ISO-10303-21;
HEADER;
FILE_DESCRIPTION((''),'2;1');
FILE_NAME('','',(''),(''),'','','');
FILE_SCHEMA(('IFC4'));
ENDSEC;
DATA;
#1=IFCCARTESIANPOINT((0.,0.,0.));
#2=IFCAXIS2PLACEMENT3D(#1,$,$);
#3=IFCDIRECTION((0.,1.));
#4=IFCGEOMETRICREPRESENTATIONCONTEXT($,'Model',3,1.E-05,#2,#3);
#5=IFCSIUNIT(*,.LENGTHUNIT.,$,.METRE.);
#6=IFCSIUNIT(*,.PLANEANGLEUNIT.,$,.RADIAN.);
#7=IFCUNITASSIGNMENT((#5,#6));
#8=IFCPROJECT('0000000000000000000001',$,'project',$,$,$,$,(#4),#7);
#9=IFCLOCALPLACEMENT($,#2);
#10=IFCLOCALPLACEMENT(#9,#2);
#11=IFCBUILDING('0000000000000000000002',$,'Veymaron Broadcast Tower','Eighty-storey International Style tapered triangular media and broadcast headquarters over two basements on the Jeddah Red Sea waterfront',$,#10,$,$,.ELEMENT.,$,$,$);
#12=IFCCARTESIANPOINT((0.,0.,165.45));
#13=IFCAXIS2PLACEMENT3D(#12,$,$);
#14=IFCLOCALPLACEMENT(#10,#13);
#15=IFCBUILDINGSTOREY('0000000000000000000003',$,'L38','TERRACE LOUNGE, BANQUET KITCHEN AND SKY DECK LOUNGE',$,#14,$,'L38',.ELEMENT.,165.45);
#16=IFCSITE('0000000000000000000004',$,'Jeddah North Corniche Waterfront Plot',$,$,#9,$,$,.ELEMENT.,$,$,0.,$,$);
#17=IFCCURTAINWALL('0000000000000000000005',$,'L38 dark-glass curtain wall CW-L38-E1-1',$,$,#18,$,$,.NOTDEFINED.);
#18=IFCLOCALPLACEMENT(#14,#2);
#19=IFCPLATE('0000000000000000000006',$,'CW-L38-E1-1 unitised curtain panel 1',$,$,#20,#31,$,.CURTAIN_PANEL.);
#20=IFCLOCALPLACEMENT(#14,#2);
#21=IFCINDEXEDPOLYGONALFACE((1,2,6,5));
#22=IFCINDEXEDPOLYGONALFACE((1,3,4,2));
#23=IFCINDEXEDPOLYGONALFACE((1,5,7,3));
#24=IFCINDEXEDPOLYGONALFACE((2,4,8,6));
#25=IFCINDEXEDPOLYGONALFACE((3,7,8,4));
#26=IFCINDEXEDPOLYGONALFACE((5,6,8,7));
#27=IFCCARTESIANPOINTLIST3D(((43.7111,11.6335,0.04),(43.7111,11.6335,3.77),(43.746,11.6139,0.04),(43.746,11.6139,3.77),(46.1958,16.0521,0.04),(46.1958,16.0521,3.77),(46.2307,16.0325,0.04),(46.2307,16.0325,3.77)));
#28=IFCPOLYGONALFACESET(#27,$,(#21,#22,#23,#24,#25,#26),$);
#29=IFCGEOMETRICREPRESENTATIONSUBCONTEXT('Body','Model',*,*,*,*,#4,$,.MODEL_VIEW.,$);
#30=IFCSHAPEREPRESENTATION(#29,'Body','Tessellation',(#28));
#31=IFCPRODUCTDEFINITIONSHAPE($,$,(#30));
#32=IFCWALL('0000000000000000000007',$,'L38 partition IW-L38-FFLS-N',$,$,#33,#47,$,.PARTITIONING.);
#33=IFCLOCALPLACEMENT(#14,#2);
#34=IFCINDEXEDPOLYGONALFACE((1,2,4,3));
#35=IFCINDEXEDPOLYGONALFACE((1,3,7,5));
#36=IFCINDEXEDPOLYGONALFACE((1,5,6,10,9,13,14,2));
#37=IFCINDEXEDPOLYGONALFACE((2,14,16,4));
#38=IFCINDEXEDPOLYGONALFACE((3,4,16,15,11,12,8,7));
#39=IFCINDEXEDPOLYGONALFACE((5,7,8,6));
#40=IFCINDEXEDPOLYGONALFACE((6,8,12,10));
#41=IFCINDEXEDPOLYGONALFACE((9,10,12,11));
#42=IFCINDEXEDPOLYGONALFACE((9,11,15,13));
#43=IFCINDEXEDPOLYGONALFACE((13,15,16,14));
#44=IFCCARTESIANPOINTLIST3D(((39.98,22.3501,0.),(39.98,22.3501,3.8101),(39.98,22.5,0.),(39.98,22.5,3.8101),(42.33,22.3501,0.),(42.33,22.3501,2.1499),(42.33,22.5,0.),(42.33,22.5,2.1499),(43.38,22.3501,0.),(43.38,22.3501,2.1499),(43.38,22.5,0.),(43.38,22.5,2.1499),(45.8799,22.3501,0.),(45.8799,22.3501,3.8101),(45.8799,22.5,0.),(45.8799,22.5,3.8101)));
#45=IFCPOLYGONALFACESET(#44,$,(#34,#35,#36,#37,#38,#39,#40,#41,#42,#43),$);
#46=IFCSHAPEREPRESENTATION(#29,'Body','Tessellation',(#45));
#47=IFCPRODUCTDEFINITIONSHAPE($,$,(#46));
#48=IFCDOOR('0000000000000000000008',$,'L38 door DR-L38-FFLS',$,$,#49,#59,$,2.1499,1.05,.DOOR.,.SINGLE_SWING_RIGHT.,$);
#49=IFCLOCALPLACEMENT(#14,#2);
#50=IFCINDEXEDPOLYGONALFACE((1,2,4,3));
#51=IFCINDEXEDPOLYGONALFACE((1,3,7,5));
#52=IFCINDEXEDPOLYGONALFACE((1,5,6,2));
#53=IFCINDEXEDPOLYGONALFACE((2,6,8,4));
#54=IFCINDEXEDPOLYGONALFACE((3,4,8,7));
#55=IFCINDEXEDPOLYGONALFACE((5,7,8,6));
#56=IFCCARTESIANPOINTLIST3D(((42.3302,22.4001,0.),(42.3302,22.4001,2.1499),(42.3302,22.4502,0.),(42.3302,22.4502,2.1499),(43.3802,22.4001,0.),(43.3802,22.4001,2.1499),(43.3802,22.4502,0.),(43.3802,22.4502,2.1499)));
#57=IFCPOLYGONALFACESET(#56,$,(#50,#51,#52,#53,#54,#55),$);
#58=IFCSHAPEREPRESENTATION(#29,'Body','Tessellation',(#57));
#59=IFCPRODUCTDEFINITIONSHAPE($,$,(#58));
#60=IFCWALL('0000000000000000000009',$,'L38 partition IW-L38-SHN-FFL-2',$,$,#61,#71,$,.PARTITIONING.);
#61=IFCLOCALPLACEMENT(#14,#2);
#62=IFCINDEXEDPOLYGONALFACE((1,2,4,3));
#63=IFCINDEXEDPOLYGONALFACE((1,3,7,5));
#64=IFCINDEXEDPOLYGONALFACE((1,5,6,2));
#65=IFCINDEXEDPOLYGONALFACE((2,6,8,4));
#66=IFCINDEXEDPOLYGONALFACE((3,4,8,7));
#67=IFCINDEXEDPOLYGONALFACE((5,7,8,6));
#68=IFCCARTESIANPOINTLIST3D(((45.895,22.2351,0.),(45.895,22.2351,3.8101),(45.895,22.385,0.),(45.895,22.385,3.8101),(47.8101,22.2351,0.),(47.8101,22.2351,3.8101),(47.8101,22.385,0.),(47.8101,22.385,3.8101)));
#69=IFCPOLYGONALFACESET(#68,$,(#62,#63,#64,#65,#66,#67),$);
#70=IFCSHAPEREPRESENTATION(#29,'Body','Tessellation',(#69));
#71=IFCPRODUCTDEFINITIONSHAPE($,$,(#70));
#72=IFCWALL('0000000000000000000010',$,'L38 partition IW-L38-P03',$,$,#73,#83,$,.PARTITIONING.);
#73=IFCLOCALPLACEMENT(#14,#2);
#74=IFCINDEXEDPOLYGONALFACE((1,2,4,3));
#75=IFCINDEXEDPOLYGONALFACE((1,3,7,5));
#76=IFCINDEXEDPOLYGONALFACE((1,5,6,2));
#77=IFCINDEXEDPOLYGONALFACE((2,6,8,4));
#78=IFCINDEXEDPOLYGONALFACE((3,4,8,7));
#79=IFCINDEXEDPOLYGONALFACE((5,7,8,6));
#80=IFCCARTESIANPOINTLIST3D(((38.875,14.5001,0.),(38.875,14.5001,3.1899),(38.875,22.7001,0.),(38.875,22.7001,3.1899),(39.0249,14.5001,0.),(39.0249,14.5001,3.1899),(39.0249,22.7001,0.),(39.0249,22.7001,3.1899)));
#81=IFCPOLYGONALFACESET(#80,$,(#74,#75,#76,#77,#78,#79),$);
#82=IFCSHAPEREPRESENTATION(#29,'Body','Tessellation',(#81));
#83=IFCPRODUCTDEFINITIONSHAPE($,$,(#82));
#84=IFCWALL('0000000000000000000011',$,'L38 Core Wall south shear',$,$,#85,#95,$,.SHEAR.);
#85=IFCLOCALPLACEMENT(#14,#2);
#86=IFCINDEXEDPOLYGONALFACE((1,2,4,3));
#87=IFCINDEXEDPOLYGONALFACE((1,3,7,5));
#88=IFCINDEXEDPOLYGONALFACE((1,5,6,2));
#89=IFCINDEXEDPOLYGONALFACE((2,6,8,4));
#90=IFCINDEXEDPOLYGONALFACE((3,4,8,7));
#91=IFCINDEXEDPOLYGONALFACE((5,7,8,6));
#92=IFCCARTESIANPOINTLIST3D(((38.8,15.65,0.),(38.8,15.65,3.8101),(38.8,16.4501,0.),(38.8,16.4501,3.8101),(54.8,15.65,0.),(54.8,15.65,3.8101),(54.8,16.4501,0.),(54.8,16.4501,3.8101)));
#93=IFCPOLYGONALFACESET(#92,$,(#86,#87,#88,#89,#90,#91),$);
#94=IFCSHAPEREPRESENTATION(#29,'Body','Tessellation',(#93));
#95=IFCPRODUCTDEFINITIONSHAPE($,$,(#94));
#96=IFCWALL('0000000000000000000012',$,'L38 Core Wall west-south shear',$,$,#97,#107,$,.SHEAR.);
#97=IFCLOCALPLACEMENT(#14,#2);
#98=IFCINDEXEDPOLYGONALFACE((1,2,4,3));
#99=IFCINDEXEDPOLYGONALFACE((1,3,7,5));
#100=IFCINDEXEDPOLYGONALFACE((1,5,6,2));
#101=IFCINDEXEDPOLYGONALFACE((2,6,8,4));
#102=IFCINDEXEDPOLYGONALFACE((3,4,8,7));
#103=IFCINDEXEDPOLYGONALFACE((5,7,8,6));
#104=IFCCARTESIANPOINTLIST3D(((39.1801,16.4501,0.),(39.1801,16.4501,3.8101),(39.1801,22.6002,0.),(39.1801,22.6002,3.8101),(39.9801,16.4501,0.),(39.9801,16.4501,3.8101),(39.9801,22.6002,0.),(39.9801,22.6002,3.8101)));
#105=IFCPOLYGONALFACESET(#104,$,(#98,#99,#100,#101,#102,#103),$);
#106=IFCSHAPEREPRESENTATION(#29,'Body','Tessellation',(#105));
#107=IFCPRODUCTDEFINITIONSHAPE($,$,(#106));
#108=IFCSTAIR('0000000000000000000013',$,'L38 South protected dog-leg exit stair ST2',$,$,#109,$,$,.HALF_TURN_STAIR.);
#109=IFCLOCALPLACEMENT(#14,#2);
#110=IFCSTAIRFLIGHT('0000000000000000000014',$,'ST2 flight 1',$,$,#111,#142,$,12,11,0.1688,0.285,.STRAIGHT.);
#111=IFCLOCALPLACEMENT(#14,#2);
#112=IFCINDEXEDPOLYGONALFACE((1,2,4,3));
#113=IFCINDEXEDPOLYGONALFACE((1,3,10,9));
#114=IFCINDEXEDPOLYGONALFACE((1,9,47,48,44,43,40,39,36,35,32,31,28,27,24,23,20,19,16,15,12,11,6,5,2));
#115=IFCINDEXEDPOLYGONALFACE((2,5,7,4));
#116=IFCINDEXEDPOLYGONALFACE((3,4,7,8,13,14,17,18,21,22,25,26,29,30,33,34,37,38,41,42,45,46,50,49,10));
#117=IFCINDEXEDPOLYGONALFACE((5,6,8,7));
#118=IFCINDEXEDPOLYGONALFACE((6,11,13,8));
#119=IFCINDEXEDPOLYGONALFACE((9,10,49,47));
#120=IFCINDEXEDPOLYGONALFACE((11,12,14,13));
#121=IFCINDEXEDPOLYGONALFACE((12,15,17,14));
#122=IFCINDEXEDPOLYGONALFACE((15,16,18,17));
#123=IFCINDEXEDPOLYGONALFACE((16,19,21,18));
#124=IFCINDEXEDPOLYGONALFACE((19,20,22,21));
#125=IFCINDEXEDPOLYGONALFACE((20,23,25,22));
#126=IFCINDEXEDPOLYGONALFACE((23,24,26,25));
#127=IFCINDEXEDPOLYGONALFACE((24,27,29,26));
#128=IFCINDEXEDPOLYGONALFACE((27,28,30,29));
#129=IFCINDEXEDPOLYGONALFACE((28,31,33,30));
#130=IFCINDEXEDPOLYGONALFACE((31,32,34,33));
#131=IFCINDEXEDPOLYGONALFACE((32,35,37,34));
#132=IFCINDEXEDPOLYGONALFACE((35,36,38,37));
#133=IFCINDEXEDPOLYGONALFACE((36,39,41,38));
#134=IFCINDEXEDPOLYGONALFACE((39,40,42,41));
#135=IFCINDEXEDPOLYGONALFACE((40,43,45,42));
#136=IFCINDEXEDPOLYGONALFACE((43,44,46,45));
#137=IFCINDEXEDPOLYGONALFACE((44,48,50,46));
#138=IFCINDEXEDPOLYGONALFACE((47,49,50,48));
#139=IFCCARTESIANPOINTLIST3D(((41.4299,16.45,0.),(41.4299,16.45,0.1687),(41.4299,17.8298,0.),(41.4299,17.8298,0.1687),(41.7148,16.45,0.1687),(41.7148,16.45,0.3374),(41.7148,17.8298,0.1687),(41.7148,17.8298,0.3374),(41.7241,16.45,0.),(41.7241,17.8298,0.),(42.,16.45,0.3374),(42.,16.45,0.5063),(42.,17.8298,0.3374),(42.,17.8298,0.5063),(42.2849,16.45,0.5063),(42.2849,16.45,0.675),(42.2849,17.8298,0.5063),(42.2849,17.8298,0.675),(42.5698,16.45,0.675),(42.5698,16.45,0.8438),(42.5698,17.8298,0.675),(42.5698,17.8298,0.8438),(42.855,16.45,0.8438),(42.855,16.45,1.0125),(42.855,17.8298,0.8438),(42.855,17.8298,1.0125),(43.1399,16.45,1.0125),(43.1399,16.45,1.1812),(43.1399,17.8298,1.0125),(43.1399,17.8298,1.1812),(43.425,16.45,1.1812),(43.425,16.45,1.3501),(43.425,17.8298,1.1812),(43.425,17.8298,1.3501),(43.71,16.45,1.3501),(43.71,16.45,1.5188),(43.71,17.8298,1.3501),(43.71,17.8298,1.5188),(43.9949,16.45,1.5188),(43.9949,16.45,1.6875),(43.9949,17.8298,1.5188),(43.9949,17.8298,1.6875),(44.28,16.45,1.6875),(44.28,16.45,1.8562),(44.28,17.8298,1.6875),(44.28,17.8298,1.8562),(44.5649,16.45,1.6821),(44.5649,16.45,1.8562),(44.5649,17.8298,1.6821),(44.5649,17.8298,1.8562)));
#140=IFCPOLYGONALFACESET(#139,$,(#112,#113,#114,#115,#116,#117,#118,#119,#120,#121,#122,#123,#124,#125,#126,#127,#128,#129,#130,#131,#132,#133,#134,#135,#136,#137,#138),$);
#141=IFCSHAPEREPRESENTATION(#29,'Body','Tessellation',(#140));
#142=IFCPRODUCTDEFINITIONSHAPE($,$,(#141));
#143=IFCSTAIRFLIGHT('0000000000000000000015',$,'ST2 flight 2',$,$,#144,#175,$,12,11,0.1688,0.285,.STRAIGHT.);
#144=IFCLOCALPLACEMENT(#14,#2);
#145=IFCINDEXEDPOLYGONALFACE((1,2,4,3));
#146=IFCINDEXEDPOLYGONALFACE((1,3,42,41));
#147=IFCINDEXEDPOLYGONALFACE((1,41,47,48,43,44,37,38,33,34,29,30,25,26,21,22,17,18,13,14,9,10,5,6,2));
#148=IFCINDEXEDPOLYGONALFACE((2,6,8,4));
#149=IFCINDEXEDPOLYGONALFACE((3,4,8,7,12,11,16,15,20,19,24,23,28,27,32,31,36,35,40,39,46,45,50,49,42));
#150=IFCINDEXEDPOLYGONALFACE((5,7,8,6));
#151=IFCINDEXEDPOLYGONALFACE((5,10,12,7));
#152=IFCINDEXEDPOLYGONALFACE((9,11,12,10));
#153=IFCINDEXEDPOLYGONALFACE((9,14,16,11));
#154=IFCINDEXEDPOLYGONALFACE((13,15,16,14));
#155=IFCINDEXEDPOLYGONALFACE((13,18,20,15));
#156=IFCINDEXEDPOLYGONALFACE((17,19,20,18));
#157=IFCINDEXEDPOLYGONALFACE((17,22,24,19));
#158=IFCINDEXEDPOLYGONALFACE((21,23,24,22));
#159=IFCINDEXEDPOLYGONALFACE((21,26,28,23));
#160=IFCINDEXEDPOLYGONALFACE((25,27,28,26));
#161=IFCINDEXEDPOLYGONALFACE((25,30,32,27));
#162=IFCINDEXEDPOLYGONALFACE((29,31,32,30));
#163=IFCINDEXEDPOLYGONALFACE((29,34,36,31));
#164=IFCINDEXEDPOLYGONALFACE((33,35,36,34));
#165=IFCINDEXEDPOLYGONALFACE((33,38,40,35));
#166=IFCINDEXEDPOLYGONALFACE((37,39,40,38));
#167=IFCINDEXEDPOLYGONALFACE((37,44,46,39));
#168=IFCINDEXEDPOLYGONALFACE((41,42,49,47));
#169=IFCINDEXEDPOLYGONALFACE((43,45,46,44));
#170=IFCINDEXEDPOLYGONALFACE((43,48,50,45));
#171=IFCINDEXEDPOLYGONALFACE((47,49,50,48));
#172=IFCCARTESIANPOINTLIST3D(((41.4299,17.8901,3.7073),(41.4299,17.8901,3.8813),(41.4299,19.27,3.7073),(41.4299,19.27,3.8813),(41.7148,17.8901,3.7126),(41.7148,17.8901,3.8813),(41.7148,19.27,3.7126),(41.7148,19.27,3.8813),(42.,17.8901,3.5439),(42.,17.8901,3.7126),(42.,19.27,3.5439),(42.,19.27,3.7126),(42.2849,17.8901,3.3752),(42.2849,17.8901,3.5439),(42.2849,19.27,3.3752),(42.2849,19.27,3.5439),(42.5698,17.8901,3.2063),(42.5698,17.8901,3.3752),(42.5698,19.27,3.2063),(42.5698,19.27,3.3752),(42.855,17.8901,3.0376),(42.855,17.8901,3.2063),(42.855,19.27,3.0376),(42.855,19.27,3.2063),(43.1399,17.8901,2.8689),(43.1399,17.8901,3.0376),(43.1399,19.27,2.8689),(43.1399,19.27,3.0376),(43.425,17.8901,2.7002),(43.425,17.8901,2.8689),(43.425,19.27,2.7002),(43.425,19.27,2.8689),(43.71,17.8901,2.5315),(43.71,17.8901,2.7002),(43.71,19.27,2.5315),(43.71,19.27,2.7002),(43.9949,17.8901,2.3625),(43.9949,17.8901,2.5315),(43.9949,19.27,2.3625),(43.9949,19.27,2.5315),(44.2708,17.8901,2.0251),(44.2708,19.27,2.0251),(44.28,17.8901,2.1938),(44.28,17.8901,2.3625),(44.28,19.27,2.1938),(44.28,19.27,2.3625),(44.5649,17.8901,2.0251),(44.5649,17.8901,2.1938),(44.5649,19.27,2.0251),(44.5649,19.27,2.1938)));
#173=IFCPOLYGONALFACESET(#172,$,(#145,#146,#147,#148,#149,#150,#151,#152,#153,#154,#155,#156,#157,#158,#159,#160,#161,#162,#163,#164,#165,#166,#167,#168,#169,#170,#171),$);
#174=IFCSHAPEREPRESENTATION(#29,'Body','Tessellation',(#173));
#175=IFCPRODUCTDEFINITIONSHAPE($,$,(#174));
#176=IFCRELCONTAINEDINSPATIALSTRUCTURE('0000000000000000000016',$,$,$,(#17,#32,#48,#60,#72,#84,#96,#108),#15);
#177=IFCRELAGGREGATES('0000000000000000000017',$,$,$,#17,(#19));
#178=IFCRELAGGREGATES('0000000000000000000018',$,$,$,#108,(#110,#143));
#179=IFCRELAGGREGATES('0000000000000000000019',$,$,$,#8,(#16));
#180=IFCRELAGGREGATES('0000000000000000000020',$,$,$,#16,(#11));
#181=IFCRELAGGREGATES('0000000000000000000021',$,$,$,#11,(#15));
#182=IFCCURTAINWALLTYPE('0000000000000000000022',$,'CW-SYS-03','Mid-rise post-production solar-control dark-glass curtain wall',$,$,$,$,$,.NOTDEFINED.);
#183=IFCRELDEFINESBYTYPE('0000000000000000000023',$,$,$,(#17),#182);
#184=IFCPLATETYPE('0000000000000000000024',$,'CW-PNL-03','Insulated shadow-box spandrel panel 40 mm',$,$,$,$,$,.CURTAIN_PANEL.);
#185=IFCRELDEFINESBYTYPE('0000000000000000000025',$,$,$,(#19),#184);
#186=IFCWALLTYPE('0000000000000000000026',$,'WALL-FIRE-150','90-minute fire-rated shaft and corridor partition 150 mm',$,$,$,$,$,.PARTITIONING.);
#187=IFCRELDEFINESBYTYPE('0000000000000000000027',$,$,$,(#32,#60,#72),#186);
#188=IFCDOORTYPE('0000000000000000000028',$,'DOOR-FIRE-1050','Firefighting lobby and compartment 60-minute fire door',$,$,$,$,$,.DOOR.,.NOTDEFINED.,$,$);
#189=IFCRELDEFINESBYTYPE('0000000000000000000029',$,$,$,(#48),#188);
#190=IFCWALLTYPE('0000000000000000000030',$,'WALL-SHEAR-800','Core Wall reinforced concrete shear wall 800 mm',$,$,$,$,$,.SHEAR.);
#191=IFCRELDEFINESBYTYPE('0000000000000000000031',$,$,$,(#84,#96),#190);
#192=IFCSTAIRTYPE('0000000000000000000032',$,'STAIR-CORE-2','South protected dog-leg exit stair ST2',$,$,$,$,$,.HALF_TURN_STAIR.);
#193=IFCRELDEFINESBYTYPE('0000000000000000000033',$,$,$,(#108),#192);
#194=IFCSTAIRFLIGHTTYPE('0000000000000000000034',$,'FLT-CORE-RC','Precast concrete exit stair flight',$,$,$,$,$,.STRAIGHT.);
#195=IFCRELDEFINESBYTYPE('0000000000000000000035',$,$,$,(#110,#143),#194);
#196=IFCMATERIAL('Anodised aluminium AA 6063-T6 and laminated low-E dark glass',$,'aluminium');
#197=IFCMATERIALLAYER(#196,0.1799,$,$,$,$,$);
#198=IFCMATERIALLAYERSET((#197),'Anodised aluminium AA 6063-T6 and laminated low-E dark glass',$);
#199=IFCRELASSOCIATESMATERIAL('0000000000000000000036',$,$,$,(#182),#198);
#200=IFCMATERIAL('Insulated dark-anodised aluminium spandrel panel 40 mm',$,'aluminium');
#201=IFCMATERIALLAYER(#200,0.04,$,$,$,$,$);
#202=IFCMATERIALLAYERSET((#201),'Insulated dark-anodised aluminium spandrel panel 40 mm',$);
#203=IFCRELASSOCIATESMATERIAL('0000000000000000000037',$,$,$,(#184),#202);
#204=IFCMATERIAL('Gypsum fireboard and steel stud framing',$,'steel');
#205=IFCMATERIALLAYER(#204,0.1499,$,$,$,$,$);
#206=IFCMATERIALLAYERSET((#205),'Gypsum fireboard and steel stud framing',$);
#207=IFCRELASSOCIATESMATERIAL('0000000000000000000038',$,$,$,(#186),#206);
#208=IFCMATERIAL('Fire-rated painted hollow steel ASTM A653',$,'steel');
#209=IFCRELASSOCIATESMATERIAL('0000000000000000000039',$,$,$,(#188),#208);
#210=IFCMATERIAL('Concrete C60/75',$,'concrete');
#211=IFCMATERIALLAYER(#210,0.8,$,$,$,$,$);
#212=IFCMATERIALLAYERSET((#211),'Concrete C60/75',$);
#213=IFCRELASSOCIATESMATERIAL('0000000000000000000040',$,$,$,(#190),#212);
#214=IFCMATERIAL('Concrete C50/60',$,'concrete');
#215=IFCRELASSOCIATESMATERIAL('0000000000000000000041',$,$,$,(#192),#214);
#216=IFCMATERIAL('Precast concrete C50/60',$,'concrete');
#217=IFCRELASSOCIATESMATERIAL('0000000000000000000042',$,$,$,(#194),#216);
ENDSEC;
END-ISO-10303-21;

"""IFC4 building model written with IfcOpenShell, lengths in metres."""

from ifc_helpers import new_model, si_unit, direction, frame, frame_2d, origin, origin_2d, place, context, subcontext, project, spatial, polyline, rectangle, outline, extrude, material, layer, layer_set, type_object, element, fill, aggregate, save


model = new_model("IFC4")

# Units and contexts
model_context = context("Model", 3, precision=1e-05, world=origin(), true_north=direction((0.0, 1.0)))
body_context = subcontext(model_context, "Body", "Model", "MODEL_VIEW")
ifc_project = project(units=[si_unit("LENGTHUNIT", "METRE"), si_unit("PLANEANGLEUNIT", "RADIAN")], contexts=[model_context])

# Site, building, storey
site_placement = place(None, origin())
site = spatial("IfcSite", under=ifc_project, at=site_placement, Name="Jeddah North Corniche Waterfront Plot", CompositionType="ELEMENT", RefElevation=0.0)
building_placement = place(site_placement, origin())
building = spatial("IfcBuilding", under=site, at=building_placement, Name="Veymaron Broadcast Tower", Description="Eighty-storey International Style tapered triangular media and broadcast headquarters over two basements on the Jeddah Red Sea waterfront", CompositionType="ELEMENT")
storey_placement = place(building_placement, frame((0.0, 0.0, 165.45)))
storey = spatial("IfcBuildingStorey", under=building, at=storey_placement, Name="L38", Description="TERRACE LOUNGE, BANQUET KITCHEN AND SKY DECK LOUNGE", LongName="L38", CompositionType="ELEMENT", Elevation=165.45)

# Curtain wall, plate
ifc_material_1 = material(Name="Anodised aluminium AA 6063-T6 and laminated low-E dark glass", Category="aluminium")
ifc_layer_1 = layer(ifc_material_1, 0.1799)
ifc_layer_set_1 = layer_set([ifc_layer_1], Name="Anodised aluminium AA 6063-T6 and laminated low-E dark glass")
curtain_wall_type = type_object("IfcCurtainWallType", Name="CW-SYS-03", Description="Mid-rise post-production solar-control dark-glass curtain wall", PredefinedType="NOTDEFINED", material=ifc_layer_set_1)
curtain_wall_placement = place(storey_placement, origin())
curtain_wall = element("IfcCurtainWall", 1, at=curtain_wall_placement, inside=storey, type_object=curtain_wall_type, Name="L38 dark-glass curtain wall CW-L38-E1-1", PredefinedType="NOTDEFINED")
ifc_material_2 = material(Name="Insulated dark-anodised aluminium spandrel panel 40 mm", Category="aluminium")
ifc_layer_2 = layer(ifc_material_2, 0.04)
ifc_layer_set_2 = layer_set([ifc_layer_2], Name="Insulated dark-anodised aluminium spandrel panel 40 mm")
plate_type = type_object("IfcPlateType", Name="CW-PNL-03", Description="Insulated shadow-box spandrel panel 40 mm", PredefinedType="CURTAIN_PANEL", material=ifc_layer_set_2)
plate_1_placement = place(storey_placement, frame((44.9709, 13.833, 0.04), z_axis=(0.0, 0.0, 1.0), x_axis=(0.490143, 0.871642, 0.0)))
plate_1 = element("IfcPlate", 2, at=plate_1_placement, type_object=plate_type, Name="CW-L38-E1-1 unitised curtain panel 1", PredefinedType="CURTAIN_PANEL", context=body_context, shape_type="SweptSolid", body=[
    extrude(rectangle(XDim=5.0693, YDim=0.04, at=origin_2d()), origin(), (0.0, 0.0, 1.0), 3.73),
])
aggregate(curtain_wall, [plate_1])

# Wall, opening, door
ifc_material_3 = material(Name="Gypsum fireboard and steel stud framing", Category="steel")
ifc_layer_3 = layer(ifc_material_3, 0.1499)
ifc_layer_set_3 = layer_set([ifc_layer_3], Name="Gypsum fireboard and steel stud framing")
wall_type_1 = type_object("IfcWallType", Name="WALL-FIRE-150", Description="90-minute fire-rated shaft and corridor partition 150 mm", PredefinedType="PARTITIONING", material=ifc_layer_set_3)
wall_1_placement = place(storey_placement, frame((39.98, 22.425, 0.0), z_axis=(0.0, 0.0, 1.0), x_axis=(1.0, 0.0, 0.0)))
wall_1 = element("IfcWall", 3, at=wall_1_placement, inside=storey, type_object=wall_type_1, Name="L38 partition IW-L38-FFLS-N", PredefinedType="PARTITIONING", context=body_context, shape_type="SweptSolid", body=[
    extrude(rectangle(XDim=5.8999, YDim=0.1499, at=frame_2d((2.95, 0.0))), origin(), (0.0, 0.0, 1.0), 3.8101),
])
opening_1_placement = place(wall_1_placement, frame((2.3501, 0.0, 0.0)))
opening_1 = element("IfcOpeningElement", 4, at=opening_1_placement, cuts=wall_1, PredefinedType="OPENING", context=body_context, shape_type="SweptSolid", body=[
    extrude(rectangle(XDim=1.05, YDim=2.1499, at=frame_2d((0.5249, 1.075))), frame((0.0, 0.085, 0.0), z_axis=(0.0, -1.0, 0.0), x_axis=(1.0, 0.0, 0.0)), (0.0, 0.0, 1.0), 0.1699),
])
ifc_material_4 = material(Name="Fire-rated painted hollow steel ASTM A653", Category="steel")
door_type_1 = type_object("IfcDoorType", Name="DOOR-FIRE-1050", Description="Firefighting lobby and compartment 60-minute fire door", OperationType="NOTDEFINED", PredefinedType="DOOR", material=ifc_material_4)
door_1_placement = place(opening_1_placement, frame((1.05, 0.0, 0.0), z_axis=(0.0, 0.0, 1.0), x_axis=(-1.0, 0.0, 0.0)))
door_1 = element("IfcDoor", 5, at=door_1_placement, inside=storey, type_object=door_type_1, Name="L38 door DR-L38-FFLS", OperationType="SINGLE_SWING_RIGHT", OverallHeight=2.1499, OverallWidth=1.05, PredefinedType="DOOR", context=body_context, shape_type="SweptSolid", body=[
    extrude(rectangle(XDim=1.05, YDim=2.1499, at=frame_2d((0.5249, 1.075))), frame((0.0, 0.0249, 0.0), z_axis=(0.0, -1.0, 0.0), x_axis=(1.0, 0.0, 0.0)), (0.0, 0.0, 1.0), 0.05),
])
fill(opening_1, door_1)

# Walls
wall_2_placement = place(storey_placement, frame((45.895, 22.3101, 0.0), z_axis=(0.0, 0.0, 1.0), x_axis=(1.0, 0.0, 0.0)))
element("IfcWall", 6, at=wall_2_placement, inside=storey, type_object=wall_type_1, Name="L38 partition IW-L38-SHN-FFL-2", PredefinedType="PARTITIONING", context=body_context, shape_type="SweptSolid", body=[
    extrude(rectangle(XDim=1.915, YDim=0.1499, at=frame_2d((0.9575, 0.0))), origin(), (0.0, 0.0, 1.0), 3.8101),
])
wall_3_placement = place(storey_placement, frame((38.95, 14.5, 0.0), z_axis=(0.0, 0.0, 1.0), x_axis=(0.0, 1.0, 0.0)))
element("IfcWall", 7, at=wall_3_placement, inside=storey, type_object=wall_type_1, Name="L38 partition IW-L38-P03", PredefinedType="PARTITIONING", context=body_context, shape_type="SweptSolid", body=[
    extrude(rectangle(XDim=8.2, YDim=0.1499, at=frame_2d((4.1001, 0.0))), origin(), (0.0, 0.0, 1.0), 3.1899),
])

# Shared definitions
ifc_material_5 = material(Name="Concrete C50/60", Category="concrete")

# Walls
ifc_material_6 = material(Name="Concrete C60/75", Category="concrete")
ifc_layer_4 = layer(ifc_material_6, 0.8)
ifc_layer_set_4 = layer_set([ifc_layer_4], Name="Concrete C60/75")
wall_type_2 = type_object("IfcWallType", Name="WALL-SHEAR-800", Description="Core Wall reinforced concrete shear wall 800 mm", PredefinedType="SHEAR", material=ifc_layer_set_4)
wall_4_placement = place(storey_placement, frame((38.8, 16.05, 0.0), z_axis=(0.0, 0.0, 1.0), x_axis=(1.0, 0.0, 0.0)))
element("IfcWall", 8, at=wall_4_placement, inside=storey, type_object=wall_type_2, Name="L38 Core Wall south shear", PredefinedType="SHEAR", context=body_context, shape_type="SweptSolid", body=[
    extrude(rectangle(XDim=16.0, YDim=0.8, at=frame_2d((8.0, 0.0))), origin(), (0.0, 0.0, 1.0), 3.8101),
])
wall_5_placement = place(storey_placement, frame((39.5801, 16.45, 0.0), z_axis=(0.0, 0.0, 1.0), x_axis=(0.0, 1.0, 0.0)))
element("IfcWall", 9, at=wall_5_placement, inside=storey, type_object=wall_type_2, Name="L38 Core Wall west-south shear", PredefinedType="SHEAR", context=body_context, shape_type="SweptSolid", body=[
    extrude(rectangle(XDim=6.1501, YDim=0.8, at=frame_2d((3.0752, 0.0))), origin(), (0.0, 0.0, 1.0), 3.8101),
])

# Stair, stair flights
stair_type = type_object("IfcStairType", Name="STAIR-CORE-2", Description="South protected dog-leg exit stair ST2", PredefinedType="HALF_TURN_STAIR", material=ifc_material_5)
stair_placement = place(storey_placement, origin())
stair = element("IfcStair", 10, at=stair_placement, inside=storey, type_object=stair_type, Name="L38 South protected dog-leg exit stair ST2", PredefinedType="HALF_TURN_STAIR")
ifc_material_7 = material(Name="Precast concrete C50/60", Category="concrete")
stair_flight_type = type_object("IfcStairFlightType", Name="FLT-CORE-RC", Description="Precast concrete exit stair flight", PredefinedType="STRAIGHT", material=ifc_material_7)
stair_flight_1_placement = place(storey_placement, frame((41.4299, 17.1399, 0.0), z_axis=(0.0, 0.0, 1.0), x_axis=(1.0, 0.0, 0.0)))
stair_flight_1 = element("IfcStairFlight", 11, at=stair_flight_1_placement, type_object=stair_flight_type, Name="ST2 flight 1", NumberOfRisers=12, NumberOfTreads=11, PredefinedType="STRAIGHT", RiserHeight=0.1688, TreadLength=0.285, context=body_context, shape_type="SweptSolid", body=[
    extrude(outline(polyline([(0.0, 0.0), (0.0, 0.1687), (0.2849, 0.1687), (0.2849, 0.3374), (0.5701, 0.3374), (0.5701, 0.5063), (0.855, 0.5063), (0.855, 0.675), (1.1399, 0.675), (1.1399, 0.8438), (1.425, 0.8438), (1.425, 1.0125), (1.71, 1.0125), (1.71, 1.1812), (1.9951, 1.1812), (1.9951, 1.3501), (2.28, 1.3501), (2.28, 1.5188), (2.5649, 1.5188), (2.5649, 1.6875), (2.8501, 1.6875), (2.8501, 1.8562), (3.135, 1.8562), (3.135, 2.0249), (3.135, 1.6821), (0.2942, 0.0), (0.0, 0.0)])), frame((0.0, 0.6899, 0.0), z_axis=(0.0, -1.0, 0.0), x_axis=(1.0, 0.0, 0.0)), (0.0, 0.0, 1.0), 1.3799),
])
stair_flight_2_placement = place(storey_placement, frame((44.5649, 18.5801, 2.0251), z_axis=(0.0, 0.0, 1.0), x_axis=(-1.0, 0.0, 0.0)))
stair_flight_2 = element("IfcStairFlight", 12, at=stair_flight_2_placement, type_object=stair_flight_type, Name="ST2 flight 2", NumberOfRisers=12, NumberOfTreads=11, PredefinedType="STRAIGHT", RiserHeight=0.1688, TreadLength=0.285, context=body_context, shape_type="SweptSolid", body=[
    extrude(outline(polyline([(0.0, 0.0), (0.0, 0.1687), (0.2849, 0.1687), (0.2849, 0.3374), (0.5701, 0.3374), (0.5701, 0.5063), (0.855, 0.5063), (0.855, 0.675), (1.1399, 0.675), (1.1399, 0.8438), (1.425, 0.8438), (1.425, 1.0125), (1.71, 1.0125), (1.71, 1.1812), (1.9951, 1.1812), (1.9951, 1.3501), (2.28, 1.3501), (2.28, 1.5188), (2.5649, 1.5188), (2.5649, 1.6875), (2.8501, 1.6875), (2.8501, 1.8562), (3.135, 1.8562), (3.135, 2.0249), (3.135, 1.6821), (0.2942, 0.0), (0.0, 0.0)])), frame((0.0, 0.6899, 0.0), z_axis=(0.0, -1.0, 0.0), x_axis=(1.0, 0.0, 0.0)), (0.0, 0.0, 1.0), 1.3799),
])
aggregate(stair, [stair_flight_1, stair_flight_2])

save(model, "model.ifc")
